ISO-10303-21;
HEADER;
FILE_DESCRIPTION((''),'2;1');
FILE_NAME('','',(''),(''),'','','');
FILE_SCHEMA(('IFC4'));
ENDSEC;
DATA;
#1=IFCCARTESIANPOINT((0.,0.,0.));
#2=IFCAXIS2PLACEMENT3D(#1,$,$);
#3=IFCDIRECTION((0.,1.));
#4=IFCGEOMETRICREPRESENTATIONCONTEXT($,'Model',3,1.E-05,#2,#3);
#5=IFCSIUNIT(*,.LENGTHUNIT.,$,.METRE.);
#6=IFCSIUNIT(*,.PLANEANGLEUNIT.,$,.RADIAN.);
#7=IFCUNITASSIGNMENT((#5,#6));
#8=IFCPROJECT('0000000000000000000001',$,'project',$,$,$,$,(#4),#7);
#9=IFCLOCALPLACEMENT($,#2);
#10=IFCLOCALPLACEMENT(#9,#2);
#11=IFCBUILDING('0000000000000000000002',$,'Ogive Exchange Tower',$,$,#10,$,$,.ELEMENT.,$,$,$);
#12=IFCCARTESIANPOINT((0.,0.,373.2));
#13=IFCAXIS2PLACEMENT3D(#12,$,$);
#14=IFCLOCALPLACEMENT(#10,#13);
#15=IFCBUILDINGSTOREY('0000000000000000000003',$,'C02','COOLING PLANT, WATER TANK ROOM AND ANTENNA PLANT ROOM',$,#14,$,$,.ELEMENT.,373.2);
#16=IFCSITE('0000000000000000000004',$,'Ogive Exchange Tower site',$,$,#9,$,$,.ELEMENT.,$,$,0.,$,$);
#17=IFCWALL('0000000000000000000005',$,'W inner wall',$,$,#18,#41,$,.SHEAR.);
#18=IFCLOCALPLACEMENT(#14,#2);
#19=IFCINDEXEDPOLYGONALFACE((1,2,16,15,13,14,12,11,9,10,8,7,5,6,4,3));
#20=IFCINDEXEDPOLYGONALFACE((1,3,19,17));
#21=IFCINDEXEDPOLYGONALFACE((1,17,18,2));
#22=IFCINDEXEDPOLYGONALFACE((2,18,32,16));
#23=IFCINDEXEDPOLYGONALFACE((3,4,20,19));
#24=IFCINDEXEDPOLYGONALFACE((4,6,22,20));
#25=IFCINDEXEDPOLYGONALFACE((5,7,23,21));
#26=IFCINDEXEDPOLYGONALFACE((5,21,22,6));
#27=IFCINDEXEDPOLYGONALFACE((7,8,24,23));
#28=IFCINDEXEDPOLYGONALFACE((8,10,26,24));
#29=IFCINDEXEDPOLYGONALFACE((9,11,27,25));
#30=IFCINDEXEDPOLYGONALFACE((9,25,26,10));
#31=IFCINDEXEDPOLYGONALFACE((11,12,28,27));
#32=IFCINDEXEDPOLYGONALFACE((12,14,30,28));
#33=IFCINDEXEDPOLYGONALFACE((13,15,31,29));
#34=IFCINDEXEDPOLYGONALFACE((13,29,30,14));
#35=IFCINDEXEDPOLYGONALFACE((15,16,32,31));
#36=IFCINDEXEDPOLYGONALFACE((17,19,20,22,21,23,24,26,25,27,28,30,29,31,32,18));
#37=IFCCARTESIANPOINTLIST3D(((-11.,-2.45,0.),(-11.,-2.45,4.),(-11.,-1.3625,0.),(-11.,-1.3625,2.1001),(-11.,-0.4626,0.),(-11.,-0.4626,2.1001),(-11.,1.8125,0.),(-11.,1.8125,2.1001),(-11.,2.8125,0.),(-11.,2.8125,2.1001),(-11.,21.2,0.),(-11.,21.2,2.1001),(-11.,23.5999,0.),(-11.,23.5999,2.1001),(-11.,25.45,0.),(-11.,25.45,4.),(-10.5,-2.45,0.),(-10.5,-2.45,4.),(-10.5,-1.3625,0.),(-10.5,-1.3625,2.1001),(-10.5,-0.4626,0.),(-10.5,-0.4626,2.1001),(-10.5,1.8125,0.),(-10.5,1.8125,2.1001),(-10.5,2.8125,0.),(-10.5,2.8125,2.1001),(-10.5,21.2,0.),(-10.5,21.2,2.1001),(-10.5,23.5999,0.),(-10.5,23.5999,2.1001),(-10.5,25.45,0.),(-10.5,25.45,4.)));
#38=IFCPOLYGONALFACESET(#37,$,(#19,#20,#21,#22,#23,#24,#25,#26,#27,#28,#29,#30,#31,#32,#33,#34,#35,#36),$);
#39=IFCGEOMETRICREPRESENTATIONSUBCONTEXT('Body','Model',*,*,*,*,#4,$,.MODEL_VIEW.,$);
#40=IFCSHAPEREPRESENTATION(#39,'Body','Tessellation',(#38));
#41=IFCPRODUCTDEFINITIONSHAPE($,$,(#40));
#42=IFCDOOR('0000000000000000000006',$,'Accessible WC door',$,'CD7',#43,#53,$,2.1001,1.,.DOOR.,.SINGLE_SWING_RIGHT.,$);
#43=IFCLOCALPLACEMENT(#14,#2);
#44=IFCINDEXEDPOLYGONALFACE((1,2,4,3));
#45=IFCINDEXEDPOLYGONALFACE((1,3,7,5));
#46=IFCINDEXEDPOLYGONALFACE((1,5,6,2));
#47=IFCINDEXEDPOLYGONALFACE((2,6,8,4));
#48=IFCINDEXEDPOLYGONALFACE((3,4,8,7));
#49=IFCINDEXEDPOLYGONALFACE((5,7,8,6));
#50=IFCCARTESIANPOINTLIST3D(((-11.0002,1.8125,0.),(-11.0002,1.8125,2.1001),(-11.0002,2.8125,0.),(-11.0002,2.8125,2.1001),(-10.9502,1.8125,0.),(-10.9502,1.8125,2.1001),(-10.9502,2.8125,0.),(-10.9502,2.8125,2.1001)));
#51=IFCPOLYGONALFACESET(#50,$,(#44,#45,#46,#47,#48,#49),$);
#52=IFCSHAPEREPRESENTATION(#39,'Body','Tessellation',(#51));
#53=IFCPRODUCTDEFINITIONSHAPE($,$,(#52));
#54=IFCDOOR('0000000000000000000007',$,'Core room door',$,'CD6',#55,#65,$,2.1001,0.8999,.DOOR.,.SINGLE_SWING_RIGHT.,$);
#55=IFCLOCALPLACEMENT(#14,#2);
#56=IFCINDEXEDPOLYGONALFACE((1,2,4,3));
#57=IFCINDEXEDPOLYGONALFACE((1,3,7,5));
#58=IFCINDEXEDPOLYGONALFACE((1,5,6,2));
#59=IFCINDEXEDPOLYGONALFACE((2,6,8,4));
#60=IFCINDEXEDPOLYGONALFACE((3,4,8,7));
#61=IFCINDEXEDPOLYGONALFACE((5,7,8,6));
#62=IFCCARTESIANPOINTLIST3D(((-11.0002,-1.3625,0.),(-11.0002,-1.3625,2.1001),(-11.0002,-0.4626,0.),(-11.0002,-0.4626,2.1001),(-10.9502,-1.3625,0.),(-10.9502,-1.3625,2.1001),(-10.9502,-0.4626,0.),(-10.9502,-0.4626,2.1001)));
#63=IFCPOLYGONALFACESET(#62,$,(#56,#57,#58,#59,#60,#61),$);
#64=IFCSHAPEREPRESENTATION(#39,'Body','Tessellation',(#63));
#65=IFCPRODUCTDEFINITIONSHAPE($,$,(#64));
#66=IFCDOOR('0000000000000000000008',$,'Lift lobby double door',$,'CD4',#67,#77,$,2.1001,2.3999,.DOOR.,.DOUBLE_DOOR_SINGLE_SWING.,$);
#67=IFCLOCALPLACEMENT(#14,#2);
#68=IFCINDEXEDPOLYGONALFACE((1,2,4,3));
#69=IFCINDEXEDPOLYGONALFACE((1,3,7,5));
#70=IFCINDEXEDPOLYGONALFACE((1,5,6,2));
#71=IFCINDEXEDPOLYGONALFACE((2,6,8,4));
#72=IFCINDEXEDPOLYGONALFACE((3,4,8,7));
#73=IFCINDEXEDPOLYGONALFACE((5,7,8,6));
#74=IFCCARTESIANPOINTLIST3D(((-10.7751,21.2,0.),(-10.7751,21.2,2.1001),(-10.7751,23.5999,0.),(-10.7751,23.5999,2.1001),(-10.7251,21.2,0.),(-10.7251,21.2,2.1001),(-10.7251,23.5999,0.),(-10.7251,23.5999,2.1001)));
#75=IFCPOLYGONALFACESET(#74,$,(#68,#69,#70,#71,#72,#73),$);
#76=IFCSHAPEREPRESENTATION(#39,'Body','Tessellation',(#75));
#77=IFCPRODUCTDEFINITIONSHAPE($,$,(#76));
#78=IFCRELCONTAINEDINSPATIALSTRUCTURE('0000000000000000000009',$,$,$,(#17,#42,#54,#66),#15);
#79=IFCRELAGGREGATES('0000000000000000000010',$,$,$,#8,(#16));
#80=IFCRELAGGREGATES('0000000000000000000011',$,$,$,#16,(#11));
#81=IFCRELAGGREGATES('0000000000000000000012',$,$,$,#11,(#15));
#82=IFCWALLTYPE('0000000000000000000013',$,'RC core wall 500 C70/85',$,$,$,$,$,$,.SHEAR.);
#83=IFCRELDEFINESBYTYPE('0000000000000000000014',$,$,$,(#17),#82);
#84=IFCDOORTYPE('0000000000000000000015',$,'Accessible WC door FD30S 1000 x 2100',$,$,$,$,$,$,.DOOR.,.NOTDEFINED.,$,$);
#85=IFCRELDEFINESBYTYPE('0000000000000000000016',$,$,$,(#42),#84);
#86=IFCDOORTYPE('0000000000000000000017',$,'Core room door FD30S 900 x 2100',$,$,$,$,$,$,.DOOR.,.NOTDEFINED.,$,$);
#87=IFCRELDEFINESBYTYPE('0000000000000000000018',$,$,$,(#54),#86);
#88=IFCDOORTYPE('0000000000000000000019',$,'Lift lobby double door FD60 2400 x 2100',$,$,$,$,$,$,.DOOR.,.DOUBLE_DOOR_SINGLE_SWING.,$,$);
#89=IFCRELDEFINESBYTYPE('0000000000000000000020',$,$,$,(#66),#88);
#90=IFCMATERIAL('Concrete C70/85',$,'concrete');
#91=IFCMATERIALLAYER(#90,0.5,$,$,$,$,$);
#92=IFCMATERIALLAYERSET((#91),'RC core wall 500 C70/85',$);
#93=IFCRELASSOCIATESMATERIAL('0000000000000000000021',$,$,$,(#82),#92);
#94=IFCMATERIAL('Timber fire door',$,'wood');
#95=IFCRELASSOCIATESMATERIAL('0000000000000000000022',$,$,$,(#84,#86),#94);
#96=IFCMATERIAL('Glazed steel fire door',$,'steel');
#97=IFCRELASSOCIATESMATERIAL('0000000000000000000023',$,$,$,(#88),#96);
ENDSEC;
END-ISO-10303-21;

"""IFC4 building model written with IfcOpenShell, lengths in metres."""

from ifc_helpers import new_model, si_unit, direction, frame, frame_2d, origin, place, context, subcontext, project, spatial, rectangle, extrude, material, layer, layer_set, type_object, element, fill, save


model = new_model("IFC4")

# Units and contexts
model_context = context("Model", 3, precision=1e-05, world=origin(), true_north=direction((0.0, 1.0)))
body_context = subcontext(model_context, "Body", "Model", "MODEL_VIEW")
ifc_project = project(units=[si_unit("LENGTHUNIT", "METRE"), si_unit("PLANEANGLEUNIT", "RADIAN")], contexts=[model_context])

# Site, building, storey
site_placement = place(None, origin())
site = spatial("IfcSite", under=ifc_project, at=site_placement, Name="Ogive Exchange Tower site", CompositionType="ELEMENT", RefElevation=0.0)
building_placement = place(site_placement, origin())
building = spatial("IfcBuilding", under=site, at=building_placement, Name="Ogive Exchange Tower", CompositionType="ELEMENT")
storey_placement = place(building_placement, frame((0.0, 0.0, 373.2)))
storey = spatial("IfcBuildingStorey", under=building, at=storey_placement, Name="C02", Description="COOLING PLANT, WATER TANK ROOM AND ANTENNA PLANT ROOM", CompositionType="ELEMENT", Elevation=373.2)

# Shared definitions
ifc_material_1 = material(Name="Concrete C70/85", Category="concrete")

# Wall, openings, doors
ifc_layer_1 = layer(ifc_material_1, 0.5)
ifc_layer_set_1 = layer_set([ifc_layer_1], Name="RC core wall 500 C70/85")
wall_type_1 = type_object("IfcWallType", Name="RC core wall 500 C70/85", PredefinedType="SHEAR", material=ifc_layer_set_1)
wall_1_placement = place(storey_placement, frame((-10.75, -2.45, 0.0), z_axis=(0.0, 0.0, 1.0), x_axis=(0.0, 1.0, 0.0)))
wall_1 = element("IfcWall", 1, at=wall_1_placement, inside=storey, type_object=wall_type_1, Name="W inner wall", PredefinedType="SHEAR", context=body_context, shape_type="SweptSolid", body=[
    extrude(rectangle(XDim=27.8999, YDim=0.5, at=frame_2d((13.95, 0.0))), origin(), (0.0, 0.0, 1.0), 4.0),
])
opening_1_placement = place(wall_1_placement, frame((23.6499, 0.0, 0.0)))
opening_1 = element("IfcOpeningElement", 2, at=opening_1_placement, cuts=wall_1, PredefinedType="OPENING", context=body_context, shape_type="SweptSolid", body=[
    extrude(rectangle(XDim=2.3999, YDim=2.1001, at=frame_2d((1.2, 1.05))), frame((0.0, 0.26, 0.0), z_axis=(0.0, -1.0, 0.0), x_axis=(1.0, 0.0, 0.0)), (0.0, 0.0, 1.0), 0.52),
])
opening_2_placement = place(wall_1_placement, frame((1.0874, 0.0, 0.0)))
opening_2 = element("IfcOpeningElement", 3, at=opening_2_placement, cuts=wall_1, PredefinedType="OPENING", context=body_context, shape_type="SweptSolid", body=[
    extrude(rectangle(XDim=0.8999, YDim=2.1001, at=frame_2d((0.45, 1.05))), frame((0.0, 0.26, 0.0), z_axis=(0.0, -1.0, 0.0), x_axis=(1.0, 0.0, 0.0)), (0.0, 0.0, 1.0), 0.52),
])
opening_3_placement = place(wall_1_placement, frame((4.2625, 0.0, 0.0)))
opening_3 = element("IfcOpeningElement", 4, at=opening_3_placement, cuts=wall_1, PredefinedType="OPENING", context=body_context, shape_type="SweptSolid", body=[
    extrude(rectangle(XDim=1.0, YDim=2.1001, at=frame_2d((0.5, 1.05))), frame((0.0, 0.26, 0.0), z_axis=(0.0, -1.0, 0.0), x_axis=(1.0, 0.0, 0.0)), (0.0, 0.0, 1.0), 0.52),
])
ifc_material_2 = material(Name="Timber fire door", Category="wood")
door_type_1 = type_object("IfcDoorType", Name="Accessible WC door FD30S 1000 x 2100", OperationType="NOTDEFINED", PredefinedType="DOOR", material=ifc_material_2)
door_1_placement = place(opening_3_placement, frame((1.0, 0.4502, 0.0), z_axis=(0.0, 0.0, 1.0), x_axis=(-1.0, 0.0, 0.0)))
door_1 = element("IfcDoor", 5, at=door_1_placement, inside=storey, type_object=door_type_1, Name="Accessible WC door", ObjectType="CD7", OperationType="SINGLE_SWING_RIGHT", OverallHeight=2.1001, OverallWidth=1.0, PredefinedType="DOOR", context=body_context, shape_type="SweptSolid", body=[
    extrude(rectangle(XDim=1.0, YDim=2.1001, at=frame_2d((0.5, 1.05))), frame((0.0, 0.25, 0.0), z_axis=(0.0, -1.0, 0.0), x_axis=(1.0, 0.0, 0.0)), (0.0, 0.0, 1.0), 0.05),
])
fill(opening_3, door_1)
door_type_2 = type_object("IfcDoorType", Name="Core room door FD30S 900 x 2100", OperationType="NOTDEFINED", PredefinedType="DOOR", material=ifc_material_2)
door_2_placement = place(opening_2_placement, frame((0.8999, 0.4502, 0.0), z_axis=(0.0, 0.0, 1.0), x_axis=(-1.0, 0.0, 0.0)))
door_2 = element("IfcDoor", 6, at=door_2_placement, inside=storey, type_object=door_type_2, Name="Core room door", ObjectType="CD6", OperationType="SINGLE_SWING_RIGHT", OverallHeight=2.1001, OverallWidth=0.8999, PredefinedType="DOOR", context=body_context, shape_type="SweptSolid", body=[
    extrude(rectangle(XDim=0.8999, YDim=2.1001, at=frame_2d((0.45, 1.05))), frame((0.0, 0.25, 0.0), z_axis=(0.0, -1.0, 0.0), x_axis=(1.0, 0.0, 0.0)), (0.0, 0.0, 1.0), 0.05),
])
fill(opening_2, door_2)
ifc_material_3 = material(Name="Glazed steel fire door", Category="steel")
door_type_3 = type_object("IfcDoorType", Name="Lift lobby double door FD60 2400 x 2100", OperationType="DOUBLE_DOOR_SINGLE_SWING", PredefinedType="DOOR", material=ifc_material_3)
door_3_placement = place(opening_1_placement, frame((2.3999, 0.0, 0.0), z_axis=(0.0, 0.0, 1.0), x_axis=(-1.0, 0.0, 0.0)))
door_3 = element("IfcDoor", 7, at=door_3_placement, inside=storey, type_object=door_type_3, Name="Lift lobby double door", ObjectType="CD4", OperationType="DOUBLE_DOOR_SINGLE_SWING", OverallHeight=2.1001, OverallWidth=2.3999, PredefinedType="DOOR", context=body_context, shape_type="SweptSolid", body=[
    extrude(rectangle(XDim=2.3999, YDim=2.1001, at=frame_2d((1.2, 1.05))), frame((0.0, 0.0249, 0.0), z_axis=(0.0, -1.0, 0.0), x_axis=(1.0, 0.0, 0.0)), (0.0, 0.0, 1.0), 0.05),
])
fill(opening_1, door_3)

save(model, "model.ifc")
